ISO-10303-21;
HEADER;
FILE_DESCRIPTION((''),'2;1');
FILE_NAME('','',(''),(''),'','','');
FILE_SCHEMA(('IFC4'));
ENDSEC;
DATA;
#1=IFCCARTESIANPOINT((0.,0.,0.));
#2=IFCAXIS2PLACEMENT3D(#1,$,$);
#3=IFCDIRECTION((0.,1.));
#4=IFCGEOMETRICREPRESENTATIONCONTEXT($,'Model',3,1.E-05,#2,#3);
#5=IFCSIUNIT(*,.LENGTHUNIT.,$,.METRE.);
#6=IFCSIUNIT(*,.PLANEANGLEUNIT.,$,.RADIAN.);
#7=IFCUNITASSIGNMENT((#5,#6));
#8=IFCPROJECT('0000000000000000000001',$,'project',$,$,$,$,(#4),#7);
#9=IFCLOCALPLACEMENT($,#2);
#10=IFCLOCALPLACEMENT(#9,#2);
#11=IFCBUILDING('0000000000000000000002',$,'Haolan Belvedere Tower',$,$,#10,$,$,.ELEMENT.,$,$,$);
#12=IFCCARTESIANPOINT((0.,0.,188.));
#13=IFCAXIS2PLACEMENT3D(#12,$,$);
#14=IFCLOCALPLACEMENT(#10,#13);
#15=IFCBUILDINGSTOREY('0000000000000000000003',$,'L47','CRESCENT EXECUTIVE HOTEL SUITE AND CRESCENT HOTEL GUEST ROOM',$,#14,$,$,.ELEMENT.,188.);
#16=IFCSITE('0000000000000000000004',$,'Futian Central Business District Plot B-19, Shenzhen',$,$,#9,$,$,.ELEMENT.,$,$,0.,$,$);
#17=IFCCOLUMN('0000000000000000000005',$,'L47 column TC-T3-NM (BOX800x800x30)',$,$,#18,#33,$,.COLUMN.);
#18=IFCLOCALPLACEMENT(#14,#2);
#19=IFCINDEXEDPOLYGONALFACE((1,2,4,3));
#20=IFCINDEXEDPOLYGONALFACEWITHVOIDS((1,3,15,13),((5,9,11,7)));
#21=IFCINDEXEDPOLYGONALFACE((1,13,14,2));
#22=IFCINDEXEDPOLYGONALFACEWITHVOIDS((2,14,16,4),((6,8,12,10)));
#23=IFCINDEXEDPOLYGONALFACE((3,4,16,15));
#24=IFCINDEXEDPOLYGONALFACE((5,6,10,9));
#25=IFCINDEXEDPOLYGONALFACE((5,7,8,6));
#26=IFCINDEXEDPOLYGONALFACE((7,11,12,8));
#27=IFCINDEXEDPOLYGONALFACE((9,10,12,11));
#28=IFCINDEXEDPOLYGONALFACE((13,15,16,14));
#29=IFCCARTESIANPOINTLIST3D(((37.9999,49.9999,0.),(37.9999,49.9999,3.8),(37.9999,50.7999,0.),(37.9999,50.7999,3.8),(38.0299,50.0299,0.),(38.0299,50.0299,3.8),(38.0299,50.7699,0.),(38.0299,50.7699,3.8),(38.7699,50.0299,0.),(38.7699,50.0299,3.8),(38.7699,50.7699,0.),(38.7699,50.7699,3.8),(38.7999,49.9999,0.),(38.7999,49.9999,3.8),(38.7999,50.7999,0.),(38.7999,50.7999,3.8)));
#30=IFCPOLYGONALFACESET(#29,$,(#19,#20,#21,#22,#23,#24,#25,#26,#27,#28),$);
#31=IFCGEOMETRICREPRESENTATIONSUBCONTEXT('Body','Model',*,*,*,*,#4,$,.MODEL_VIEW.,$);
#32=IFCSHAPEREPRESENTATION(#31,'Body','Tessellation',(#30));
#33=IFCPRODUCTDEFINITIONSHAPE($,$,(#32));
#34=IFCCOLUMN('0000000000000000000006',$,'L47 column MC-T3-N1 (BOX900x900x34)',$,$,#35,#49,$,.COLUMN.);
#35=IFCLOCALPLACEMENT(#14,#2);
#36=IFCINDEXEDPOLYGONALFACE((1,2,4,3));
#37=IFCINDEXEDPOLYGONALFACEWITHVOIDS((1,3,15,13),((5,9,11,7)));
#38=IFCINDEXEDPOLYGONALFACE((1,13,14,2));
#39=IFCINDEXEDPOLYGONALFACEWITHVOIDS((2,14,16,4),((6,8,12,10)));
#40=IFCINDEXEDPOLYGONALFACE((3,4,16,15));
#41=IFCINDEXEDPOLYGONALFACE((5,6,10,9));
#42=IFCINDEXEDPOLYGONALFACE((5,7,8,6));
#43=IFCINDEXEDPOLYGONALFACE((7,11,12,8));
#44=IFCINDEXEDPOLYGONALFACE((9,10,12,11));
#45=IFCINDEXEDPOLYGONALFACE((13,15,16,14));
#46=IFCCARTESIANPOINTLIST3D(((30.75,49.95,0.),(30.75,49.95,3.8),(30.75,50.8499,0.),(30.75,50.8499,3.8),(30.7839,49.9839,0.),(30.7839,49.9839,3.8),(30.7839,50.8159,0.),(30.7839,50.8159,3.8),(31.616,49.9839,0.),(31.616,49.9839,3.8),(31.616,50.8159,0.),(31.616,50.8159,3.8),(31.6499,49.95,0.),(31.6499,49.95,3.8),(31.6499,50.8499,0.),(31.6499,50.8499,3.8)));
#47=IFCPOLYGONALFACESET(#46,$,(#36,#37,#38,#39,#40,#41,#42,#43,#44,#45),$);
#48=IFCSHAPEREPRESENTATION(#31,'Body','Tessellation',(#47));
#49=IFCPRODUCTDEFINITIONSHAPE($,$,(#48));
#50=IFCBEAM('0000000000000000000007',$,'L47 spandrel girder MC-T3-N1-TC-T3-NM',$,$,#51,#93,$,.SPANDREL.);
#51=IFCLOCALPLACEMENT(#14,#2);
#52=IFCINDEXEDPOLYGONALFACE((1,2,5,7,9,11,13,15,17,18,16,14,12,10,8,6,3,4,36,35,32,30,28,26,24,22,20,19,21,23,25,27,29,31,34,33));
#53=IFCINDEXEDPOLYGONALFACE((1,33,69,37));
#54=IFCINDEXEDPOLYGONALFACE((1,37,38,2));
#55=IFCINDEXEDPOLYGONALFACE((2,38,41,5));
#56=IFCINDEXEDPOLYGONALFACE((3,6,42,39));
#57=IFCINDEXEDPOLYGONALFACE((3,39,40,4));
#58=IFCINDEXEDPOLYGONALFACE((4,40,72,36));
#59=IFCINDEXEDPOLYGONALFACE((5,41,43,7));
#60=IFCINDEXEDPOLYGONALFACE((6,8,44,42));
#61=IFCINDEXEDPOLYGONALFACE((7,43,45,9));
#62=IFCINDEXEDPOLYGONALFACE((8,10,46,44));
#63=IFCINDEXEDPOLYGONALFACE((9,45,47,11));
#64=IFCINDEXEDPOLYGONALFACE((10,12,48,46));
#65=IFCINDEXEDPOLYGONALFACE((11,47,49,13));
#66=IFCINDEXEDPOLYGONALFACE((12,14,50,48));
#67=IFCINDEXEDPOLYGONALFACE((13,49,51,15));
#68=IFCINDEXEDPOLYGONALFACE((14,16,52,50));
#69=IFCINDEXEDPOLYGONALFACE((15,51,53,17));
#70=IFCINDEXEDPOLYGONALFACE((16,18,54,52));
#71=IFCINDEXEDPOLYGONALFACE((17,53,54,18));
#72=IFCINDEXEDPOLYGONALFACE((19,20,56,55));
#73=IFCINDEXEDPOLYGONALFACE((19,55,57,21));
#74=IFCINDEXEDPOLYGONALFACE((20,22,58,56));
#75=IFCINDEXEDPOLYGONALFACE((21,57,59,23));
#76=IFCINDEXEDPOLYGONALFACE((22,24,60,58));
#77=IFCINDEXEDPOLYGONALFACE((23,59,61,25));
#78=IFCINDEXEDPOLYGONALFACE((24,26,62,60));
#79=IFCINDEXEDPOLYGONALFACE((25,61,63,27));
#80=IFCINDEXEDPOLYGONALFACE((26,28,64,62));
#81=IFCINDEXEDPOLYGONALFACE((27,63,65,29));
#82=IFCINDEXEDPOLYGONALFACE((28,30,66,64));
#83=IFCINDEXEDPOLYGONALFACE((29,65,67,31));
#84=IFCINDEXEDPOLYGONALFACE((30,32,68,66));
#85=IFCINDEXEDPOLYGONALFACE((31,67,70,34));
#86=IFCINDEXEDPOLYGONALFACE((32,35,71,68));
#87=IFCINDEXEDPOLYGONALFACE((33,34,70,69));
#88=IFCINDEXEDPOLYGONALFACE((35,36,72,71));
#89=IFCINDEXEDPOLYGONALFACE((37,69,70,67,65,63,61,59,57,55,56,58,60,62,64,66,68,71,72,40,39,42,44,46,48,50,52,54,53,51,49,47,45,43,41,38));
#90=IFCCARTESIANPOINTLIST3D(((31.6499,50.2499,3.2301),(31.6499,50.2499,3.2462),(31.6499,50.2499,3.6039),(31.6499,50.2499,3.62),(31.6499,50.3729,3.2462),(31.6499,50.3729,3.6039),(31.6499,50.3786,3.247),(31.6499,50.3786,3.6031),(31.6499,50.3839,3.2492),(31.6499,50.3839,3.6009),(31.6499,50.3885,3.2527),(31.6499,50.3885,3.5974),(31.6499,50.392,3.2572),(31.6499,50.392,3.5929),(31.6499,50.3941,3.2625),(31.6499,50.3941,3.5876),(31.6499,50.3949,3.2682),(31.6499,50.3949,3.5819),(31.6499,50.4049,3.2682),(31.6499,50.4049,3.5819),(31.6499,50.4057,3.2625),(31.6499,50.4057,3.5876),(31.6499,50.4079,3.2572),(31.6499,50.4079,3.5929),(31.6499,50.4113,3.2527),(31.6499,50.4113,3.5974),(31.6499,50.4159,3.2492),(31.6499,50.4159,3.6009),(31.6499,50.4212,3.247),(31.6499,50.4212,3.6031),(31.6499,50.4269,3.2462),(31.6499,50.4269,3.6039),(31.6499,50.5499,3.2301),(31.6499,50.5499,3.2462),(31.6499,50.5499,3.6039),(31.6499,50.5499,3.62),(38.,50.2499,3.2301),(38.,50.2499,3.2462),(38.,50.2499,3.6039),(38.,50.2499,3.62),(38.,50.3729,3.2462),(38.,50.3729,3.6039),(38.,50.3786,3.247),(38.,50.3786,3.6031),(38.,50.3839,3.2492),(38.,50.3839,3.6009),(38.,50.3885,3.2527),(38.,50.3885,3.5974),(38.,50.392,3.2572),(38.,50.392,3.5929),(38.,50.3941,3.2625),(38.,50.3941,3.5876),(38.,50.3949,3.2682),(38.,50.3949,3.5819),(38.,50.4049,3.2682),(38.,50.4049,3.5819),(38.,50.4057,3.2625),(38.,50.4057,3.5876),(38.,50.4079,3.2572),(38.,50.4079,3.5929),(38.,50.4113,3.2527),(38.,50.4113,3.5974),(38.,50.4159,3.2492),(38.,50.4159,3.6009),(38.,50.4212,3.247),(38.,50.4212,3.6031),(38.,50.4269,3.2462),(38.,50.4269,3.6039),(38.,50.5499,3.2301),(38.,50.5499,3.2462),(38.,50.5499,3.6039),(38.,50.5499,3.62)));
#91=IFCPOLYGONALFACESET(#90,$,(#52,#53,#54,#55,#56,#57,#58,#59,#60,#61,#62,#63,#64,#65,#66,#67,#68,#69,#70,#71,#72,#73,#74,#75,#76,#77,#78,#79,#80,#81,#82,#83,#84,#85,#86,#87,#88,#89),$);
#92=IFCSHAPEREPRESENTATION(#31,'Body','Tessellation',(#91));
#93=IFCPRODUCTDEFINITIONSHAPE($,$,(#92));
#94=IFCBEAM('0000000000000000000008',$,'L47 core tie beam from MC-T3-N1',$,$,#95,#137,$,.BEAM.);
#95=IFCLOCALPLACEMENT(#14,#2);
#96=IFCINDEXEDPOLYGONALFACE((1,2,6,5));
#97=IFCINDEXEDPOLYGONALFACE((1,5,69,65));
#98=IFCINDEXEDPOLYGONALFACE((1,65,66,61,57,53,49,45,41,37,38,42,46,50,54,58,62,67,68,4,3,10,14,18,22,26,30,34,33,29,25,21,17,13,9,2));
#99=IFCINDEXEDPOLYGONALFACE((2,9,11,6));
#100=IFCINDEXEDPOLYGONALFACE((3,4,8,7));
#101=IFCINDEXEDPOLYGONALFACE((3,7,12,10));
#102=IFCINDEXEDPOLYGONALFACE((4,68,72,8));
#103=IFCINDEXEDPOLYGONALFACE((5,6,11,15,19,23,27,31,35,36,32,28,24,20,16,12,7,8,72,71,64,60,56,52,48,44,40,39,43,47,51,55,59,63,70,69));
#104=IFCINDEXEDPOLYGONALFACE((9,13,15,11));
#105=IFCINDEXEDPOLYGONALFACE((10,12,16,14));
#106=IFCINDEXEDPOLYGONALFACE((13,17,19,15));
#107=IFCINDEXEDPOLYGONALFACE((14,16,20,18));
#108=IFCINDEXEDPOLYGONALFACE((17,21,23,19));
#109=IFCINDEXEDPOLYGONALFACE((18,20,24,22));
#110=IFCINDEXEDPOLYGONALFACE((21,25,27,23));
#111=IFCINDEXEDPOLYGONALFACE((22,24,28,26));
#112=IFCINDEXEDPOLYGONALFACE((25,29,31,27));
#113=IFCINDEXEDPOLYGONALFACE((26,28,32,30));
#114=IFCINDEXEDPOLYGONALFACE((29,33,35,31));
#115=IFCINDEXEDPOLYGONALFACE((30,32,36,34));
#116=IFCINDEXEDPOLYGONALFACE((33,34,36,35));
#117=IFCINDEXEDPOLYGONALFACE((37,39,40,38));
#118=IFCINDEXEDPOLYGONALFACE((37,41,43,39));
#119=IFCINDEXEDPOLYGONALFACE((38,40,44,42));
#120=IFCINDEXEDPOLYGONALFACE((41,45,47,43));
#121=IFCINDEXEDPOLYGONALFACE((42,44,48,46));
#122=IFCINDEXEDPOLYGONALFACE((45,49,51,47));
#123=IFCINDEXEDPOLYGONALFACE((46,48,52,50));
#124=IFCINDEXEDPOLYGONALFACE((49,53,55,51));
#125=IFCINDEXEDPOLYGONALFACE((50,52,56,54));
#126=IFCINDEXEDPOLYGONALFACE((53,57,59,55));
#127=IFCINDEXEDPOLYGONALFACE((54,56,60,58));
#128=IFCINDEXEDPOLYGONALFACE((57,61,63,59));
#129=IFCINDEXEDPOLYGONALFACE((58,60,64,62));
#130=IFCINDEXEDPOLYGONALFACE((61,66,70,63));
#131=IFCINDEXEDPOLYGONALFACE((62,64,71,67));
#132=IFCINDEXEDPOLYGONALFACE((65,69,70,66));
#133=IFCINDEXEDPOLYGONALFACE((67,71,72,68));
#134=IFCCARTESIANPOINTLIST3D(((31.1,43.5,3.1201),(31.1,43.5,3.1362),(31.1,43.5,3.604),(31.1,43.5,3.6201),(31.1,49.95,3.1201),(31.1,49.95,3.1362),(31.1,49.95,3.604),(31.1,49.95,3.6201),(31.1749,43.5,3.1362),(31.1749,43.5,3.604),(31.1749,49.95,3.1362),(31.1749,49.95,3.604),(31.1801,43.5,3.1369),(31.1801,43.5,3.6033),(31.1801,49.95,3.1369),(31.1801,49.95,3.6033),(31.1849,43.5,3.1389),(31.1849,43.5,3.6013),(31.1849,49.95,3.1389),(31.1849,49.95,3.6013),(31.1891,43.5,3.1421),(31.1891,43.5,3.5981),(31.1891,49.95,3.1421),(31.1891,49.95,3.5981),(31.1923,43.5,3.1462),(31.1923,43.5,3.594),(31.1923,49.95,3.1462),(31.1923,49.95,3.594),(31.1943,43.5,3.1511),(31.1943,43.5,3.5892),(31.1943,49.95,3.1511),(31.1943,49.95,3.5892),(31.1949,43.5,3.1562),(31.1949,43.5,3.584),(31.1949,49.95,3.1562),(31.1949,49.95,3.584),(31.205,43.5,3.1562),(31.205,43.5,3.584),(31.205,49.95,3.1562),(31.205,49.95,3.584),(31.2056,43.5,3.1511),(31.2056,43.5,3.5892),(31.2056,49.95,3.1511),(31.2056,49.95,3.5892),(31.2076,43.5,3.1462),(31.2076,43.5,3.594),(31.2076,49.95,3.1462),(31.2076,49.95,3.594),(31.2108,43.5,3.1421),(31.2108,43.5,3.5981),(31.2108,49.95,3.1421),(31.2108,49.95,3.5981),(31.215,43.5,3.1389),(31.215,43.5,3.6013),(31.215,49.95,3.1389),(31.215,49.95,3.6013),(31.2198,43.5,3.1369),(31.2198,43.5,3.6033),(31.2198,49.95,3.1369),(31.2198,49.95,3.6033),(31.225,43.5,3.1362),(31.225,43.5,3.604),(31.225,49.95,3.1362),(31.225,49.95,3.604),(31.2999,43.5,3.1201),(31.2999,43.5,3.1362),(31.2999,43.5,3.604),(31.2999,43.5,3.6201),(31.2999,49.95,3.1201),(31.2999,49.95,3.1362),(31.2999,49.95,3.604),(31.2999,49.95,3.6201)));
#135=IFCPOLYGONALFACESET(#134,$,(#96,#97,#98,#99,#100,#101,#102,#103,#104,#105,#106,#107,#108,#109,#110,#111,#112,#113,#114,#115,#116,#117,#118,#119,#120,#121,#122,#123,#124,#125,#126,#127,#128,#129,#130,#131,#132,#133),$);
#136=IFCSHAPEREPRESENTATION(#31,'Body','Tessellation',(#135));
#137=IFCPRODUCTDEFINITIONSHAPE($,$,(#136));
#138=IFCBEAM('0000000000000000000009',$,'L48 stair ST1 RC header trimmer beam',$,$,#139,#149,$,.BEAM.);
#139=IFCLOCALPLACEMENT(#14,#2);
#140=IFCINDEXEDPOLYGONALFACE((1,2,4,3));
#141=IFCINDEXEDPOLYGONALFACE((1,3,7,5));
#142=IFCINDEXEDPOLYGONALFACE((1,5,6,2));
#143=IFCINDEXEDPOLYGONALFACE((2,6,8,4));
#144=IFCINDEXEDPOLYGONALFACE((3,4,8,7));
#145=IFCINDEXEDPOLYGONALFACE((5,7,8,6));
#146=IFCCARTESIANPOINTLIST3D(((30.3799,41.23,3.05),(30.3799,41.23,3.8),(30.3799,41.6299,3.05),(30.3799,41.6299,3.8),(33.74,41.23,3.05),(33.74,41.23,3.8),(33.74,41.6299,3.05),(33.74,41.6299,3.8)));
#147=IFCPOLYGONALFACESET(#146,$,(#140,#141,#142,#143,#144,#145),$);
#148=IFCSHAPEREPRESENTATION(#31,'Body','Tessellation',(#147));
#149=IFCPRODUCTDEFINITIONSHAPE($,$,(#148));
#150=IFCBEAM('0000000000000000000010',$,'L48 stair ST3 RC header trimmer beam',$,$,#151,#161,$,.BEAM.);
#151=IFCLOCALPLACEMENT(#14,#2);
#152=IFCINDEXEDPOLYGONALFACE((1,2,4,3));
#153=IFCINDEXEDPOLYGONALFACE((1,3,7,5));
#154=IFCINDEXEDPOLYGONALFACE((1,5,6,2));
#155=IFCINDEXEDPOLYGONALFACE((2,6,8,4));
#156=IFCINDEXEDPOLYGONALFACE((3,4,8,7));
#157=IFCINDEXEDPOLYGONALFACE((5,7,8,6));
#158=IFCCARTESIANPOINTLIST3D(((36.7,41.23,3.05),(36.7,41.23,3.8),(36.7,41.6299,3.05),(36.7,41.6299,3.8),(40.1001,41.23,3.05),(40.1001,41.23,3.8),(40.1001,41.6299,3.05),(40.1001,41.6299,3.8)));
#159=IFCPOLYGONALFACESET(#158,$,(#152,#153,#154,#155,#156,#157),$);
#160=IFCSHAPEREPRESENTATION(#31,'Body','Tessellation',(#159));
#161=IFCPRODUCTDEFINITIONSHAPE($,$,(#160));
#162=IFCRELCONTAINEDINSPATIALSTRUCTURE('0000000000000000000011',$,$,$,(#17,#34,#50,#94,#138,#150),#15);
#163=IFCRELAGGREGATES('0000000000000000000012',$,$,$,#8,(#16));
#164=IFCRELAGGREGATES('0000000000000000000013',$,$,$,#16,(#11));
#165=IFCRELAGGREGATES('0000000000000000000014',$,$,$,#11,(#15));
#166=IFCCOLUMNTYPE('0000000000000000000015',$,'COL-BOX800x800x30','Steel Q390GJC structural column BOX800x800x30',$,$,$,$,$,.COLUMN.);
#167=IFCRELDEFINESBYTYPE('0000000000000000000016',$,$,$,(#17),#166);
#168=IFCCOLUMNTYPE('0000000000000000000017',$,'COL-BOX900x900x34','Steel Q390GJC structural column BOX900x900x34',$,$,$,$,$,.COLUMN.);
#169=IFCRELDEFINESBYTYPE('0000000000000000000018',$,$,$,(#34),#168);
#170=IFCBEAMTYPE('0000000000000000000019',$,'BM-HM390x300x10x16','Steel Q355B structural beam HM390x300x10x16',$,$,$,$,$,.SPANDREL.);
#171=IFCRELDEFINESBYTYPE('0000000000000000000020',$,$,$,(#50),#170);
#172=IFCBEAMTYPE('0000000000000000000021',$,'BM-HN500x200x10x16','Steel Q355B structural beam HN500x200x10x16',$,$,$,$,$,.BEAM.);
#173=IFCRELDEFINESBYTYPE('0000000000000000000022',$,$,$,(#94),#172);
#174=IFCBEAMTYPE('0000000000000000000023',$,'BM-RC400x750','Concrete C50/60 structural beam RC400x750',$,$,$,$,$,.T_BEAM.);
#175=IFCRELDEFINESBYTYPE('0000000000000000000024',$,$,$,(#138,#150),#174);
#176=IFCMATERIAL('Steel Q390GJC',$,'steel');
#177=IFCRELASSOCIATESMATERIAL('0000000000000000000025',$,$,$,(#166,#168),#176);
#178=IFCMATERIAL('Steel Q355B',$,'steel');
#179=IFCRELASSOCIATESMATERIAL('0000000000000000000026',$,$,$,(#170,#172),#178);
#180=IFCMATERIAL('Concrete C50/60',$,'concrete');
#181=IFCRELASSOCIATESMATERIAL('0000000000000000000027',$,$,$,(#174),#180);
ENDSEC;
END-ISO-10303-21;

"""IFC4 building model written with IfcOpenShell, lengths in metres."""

from ifc_helpers import new_model, si_unit, direction, frame, origin, origin_2d, place, context, subcontext, project, spatial, rectangle, hollow_rectangle, i_section, extrude, material, material_profile, profile_set, type_object, element, save


model = new_model("IFC4")

# Units and contexts
model_context = context("Model", 3, precision=1e-05, world=origin(), true_north=direction((0.0, 1.0)))
body_context = subcontext(model_context, "Body", "Model", "MODEL_VIEW")
ifc_project = project(units=[si_unit("LENGTHUNIT", "METRE"), si_unit("PLANEANGLEUNIT", "RADIAN")], contexts=[model_context])

# Site, building, storey
site_placement = place(None, origin())
site = spatial("IfcSite", under=ifc_project, at=site_placement, Name="Futian Central Business District Plot B-19, Shenzhen", CompositionType="ELEMENT", RefElevation=0.0)
building_placement = place(site_placement, origin())
building = spatial("IfcBuilding", under=site, at=building_placement, Name="Haolan Belvedere Tower", CompositionType="ELEMENT")
storey_placement = place(building_placement, frame((0.0, 0.0, 188.0)))
storey = spatial("IfcBuildingStorey", under=building, at=storey_placement, Name="L47", Description="CRESCENT EXECUTIVE HOTEL SUITE AND CRESCENT HOTEL GUEST ROOM", CompositionType="ELEMENT", Elevation=188.0)

# Columns
ifc_material_1 = material(Name="Steel Q390GJC", Category="steel")
ifc_material_profile_1 = material_profile(ifc_material_1, hollow_rectangle(XDim=0.8, YDim=0.8, WallThickness=0.03, at=origin_2d()), Name="Steel Q390GJC")
ifc_profile_set_1 = profile_set([ifc_material_profile_1], Name="Steel Q390GJC")
column_type_1 = type_object("IfcColumnType", Name="COL-BOX800x800x30", Description="Steel Q390GJC structural column BOX800x800x30", PredefinedType="COLUMN", material=ifc_profile_set_1)
column_1_placement = place(storey_placement, frame((38.3999, 50.3999, 0.0), z_axis=(0.0, 0.0, 1.0), x_axis=(1.0, 0.0, 0.0)))
element("IfcColumn", 1, at=column_1_placement, inside=storey, type_object=column_type_1, Name="L47 column TC-T3-NM (BOX800x800x30)", PredefinedType="COLUMN", context=body_context, shape_type="SweptSolid", body=[
    extrude(hollow_rectangle(XDim=0.8, YDim=0.8, WallThickness=0.03, at=origin_2d()), origin(), (0.0, 0.0, 1.0), 3.8),
])
ifc_material_profile_2 = material_profile(ifc_material_1, hollow_rectangle(XDim=0.8999, YDim=0.8999, WallThickness=0.0339, at=origin_2d()), Name="Steel Q390GJC")
ifc_profile_set_2 = profile_set([ifc_material_profile_2], Name="Steel Q390GJC")
column_type_2 = type_object("IfcColumnType", Name="COL-BOX900x900x34", Description="Steel Q390GJC structural column BOX900x900x34", PredefinedType="COLUMN", material=ifc_profile_set_2)
column_2_placement = place(storey_placement, frame((31.2, 50.3999, 0.0), z_axis=(0.0, 0.0, 1.0), x_axis=(1.0, 0.0, 0.0)))
element("IfcColumn", 2, at=column_2_placement, inside=storey, type_object=column_type_2, Name="L47 column MC-T3-N1 (BOX900x900x34)", PredefinedType="COLUMN", context=body_context, shape_type="SweptSolid", body=[
    extrude(hollow_rectangle(XDim=0.8999, YDim=0.8999, WallThickness=0.0339, at=origin_2d()), origin(), (0.0, 0.0, 1.0), 3.8),
])

# Beams
ifc_material_2 = material(Name="Steel Q355B", Category="steel")
ifc_material_profile_3 = material_profile(ifc_material_2, i_section(OverallWidth=0.3, OverallDepth=0.3899, WebThickness=0.01, FlangeThickness=0.0161, FilletRadius=0.022, at=origin_2d()), Name="Steel Q355B")
ifc_profile_set_3 = profile_set([ifc_material_profile_3], Name="Steel Q355B")
beam_type_1 = type_object("IfcBeamType", Name="BM-HM390x300x10x16", Description="Steel Q355B structural beam HM390x300x10x16", PredefinedType="SPANDREL", material=ifc_profile_set_3)
beam_1_placement = place(storey_placement, frame((31.6499, 50.3999, 3.425), z_axis=(1.0, 0.0, 0.0), x_axis=(0.0, 1.0, 0.0)))
element("IfcBeam", 3, at=beam_1_placement, inside=storey, type_object=beam_type_1, Name="L47 spandrel girder MC-T3-N1-TC-T3-NM", PredefinedType="SPANDREL", context=body_context, shape_type="SweptSolid", body=[
    extrude(i_section(OverallWidth=0.3, OverallDepth=0.3899, WebThickness=0.01, FlangeThickness=0.0161, FilletRadius=0.022, at=origin_2d()), origin(), (0.0, 0.0, 1.0), 6.3501),
])
ifc_material_profile_4 = material_profile(ifc_material_2, i_section(OverallWidth=0.2, OverallDepth=0.5, WebThickness=0.01, FlangeThickness=0.0161, FilletRadius=0.02, at=origin_2d()), Name="Steel Q355B")
ifc_profile_set_4 = profile_set([ifc_material_profile_4], Name="Steel Q355B")
beam_type_2 = type_object("IfcBeamType", Name="BM-HN500x200x10x16", Description="Steel Q355B structural beam HN500x200x10x16", PredefinedType="BEAM", material=ifc_profile_set_4)
beam_2_placement = place(storey_placement, frame((31.2, 49.95, 3.3701), z_axis=(0.0, -1.0, 0.0), x_axis=(1.0, 0.0, 0.0)))
element("IfcBeam", 4, at=beam_2_placement, inside=storey, type_object=beam_type_2, Name="L47 core tie beam from MC-T3-N1", PredefinedType="BEAM", context=body_context, shape_type="SweptSolid", body=[
    extrude(i_section(OverallWidth=0.2, OverallDepth=0.5, WebThickness=0.01, FlangeThickness=0.0161, FilletRadius=0.02, at=origin_2d()), origin(), (0.0, 0.0, 1.0), 6.45),
])
ifc_material_3 = material(Name="Concrete C50/60", Category="concrete")
ifc_material_profile_5 = material_profile(ifc_material_3, rectangle(XDim=0.3999, YDim=0.75, at=origin_2d()), Name="Concrete C50/60")
ifc_profile_set_5 = profile_set([ifc_material_profile_5], Name="Concrete C50/60")
beam_type_3 = type_object("IfcBeamType", Name="BM-RC400x750", Description="Concrete C50/60 structural beam RC400x750", PredefinedType="T_BEAM", material=ifc_profile_set_5)
beam_3_placement = place(storey_placement, frame((30.3799, 41.4299, 3.425), z_axis=(1.0, 0.0, 0.0), x_axis=(0.0, 1.0, 0.0)))
element("IfcBeam", 5, at=beam_3_placement, inside=storey, type_object=beam_type_3, Name="L48 stair ST1 RC header trimmer beam", PredefinedType="BEAM", context=body_context, shape_type="SweptSolid", body=[
    extrude(rectangle(XDim=0.3999, YDim=0.75, at=origin_2d()), origin(), (0.0, 0.0, 1.0), 3.3601),
])
beam_4_placement = place(storey_placement, frame((36.7, 41.4299, 3.425), z_axis=(1.0, 0.0, 0.0), x_axis=(0.0, 1.0, 0.0)))
element("IfcBeam", 6, at=beam_4_placement, inside=storey, type_object=beam_type_3, Name="L48 stair ST3 RC header trimmer beam", PredefinedType="BEAM", context=body_context, shape_type="SweptSolid", body=[
    extrude(rectangle(XDim=0.3999, YDim=0.75, at=origin_2d()), origin(), (0.0, 0.0, 1.0), 3.4001),
])

save(model, "model.ifc")
